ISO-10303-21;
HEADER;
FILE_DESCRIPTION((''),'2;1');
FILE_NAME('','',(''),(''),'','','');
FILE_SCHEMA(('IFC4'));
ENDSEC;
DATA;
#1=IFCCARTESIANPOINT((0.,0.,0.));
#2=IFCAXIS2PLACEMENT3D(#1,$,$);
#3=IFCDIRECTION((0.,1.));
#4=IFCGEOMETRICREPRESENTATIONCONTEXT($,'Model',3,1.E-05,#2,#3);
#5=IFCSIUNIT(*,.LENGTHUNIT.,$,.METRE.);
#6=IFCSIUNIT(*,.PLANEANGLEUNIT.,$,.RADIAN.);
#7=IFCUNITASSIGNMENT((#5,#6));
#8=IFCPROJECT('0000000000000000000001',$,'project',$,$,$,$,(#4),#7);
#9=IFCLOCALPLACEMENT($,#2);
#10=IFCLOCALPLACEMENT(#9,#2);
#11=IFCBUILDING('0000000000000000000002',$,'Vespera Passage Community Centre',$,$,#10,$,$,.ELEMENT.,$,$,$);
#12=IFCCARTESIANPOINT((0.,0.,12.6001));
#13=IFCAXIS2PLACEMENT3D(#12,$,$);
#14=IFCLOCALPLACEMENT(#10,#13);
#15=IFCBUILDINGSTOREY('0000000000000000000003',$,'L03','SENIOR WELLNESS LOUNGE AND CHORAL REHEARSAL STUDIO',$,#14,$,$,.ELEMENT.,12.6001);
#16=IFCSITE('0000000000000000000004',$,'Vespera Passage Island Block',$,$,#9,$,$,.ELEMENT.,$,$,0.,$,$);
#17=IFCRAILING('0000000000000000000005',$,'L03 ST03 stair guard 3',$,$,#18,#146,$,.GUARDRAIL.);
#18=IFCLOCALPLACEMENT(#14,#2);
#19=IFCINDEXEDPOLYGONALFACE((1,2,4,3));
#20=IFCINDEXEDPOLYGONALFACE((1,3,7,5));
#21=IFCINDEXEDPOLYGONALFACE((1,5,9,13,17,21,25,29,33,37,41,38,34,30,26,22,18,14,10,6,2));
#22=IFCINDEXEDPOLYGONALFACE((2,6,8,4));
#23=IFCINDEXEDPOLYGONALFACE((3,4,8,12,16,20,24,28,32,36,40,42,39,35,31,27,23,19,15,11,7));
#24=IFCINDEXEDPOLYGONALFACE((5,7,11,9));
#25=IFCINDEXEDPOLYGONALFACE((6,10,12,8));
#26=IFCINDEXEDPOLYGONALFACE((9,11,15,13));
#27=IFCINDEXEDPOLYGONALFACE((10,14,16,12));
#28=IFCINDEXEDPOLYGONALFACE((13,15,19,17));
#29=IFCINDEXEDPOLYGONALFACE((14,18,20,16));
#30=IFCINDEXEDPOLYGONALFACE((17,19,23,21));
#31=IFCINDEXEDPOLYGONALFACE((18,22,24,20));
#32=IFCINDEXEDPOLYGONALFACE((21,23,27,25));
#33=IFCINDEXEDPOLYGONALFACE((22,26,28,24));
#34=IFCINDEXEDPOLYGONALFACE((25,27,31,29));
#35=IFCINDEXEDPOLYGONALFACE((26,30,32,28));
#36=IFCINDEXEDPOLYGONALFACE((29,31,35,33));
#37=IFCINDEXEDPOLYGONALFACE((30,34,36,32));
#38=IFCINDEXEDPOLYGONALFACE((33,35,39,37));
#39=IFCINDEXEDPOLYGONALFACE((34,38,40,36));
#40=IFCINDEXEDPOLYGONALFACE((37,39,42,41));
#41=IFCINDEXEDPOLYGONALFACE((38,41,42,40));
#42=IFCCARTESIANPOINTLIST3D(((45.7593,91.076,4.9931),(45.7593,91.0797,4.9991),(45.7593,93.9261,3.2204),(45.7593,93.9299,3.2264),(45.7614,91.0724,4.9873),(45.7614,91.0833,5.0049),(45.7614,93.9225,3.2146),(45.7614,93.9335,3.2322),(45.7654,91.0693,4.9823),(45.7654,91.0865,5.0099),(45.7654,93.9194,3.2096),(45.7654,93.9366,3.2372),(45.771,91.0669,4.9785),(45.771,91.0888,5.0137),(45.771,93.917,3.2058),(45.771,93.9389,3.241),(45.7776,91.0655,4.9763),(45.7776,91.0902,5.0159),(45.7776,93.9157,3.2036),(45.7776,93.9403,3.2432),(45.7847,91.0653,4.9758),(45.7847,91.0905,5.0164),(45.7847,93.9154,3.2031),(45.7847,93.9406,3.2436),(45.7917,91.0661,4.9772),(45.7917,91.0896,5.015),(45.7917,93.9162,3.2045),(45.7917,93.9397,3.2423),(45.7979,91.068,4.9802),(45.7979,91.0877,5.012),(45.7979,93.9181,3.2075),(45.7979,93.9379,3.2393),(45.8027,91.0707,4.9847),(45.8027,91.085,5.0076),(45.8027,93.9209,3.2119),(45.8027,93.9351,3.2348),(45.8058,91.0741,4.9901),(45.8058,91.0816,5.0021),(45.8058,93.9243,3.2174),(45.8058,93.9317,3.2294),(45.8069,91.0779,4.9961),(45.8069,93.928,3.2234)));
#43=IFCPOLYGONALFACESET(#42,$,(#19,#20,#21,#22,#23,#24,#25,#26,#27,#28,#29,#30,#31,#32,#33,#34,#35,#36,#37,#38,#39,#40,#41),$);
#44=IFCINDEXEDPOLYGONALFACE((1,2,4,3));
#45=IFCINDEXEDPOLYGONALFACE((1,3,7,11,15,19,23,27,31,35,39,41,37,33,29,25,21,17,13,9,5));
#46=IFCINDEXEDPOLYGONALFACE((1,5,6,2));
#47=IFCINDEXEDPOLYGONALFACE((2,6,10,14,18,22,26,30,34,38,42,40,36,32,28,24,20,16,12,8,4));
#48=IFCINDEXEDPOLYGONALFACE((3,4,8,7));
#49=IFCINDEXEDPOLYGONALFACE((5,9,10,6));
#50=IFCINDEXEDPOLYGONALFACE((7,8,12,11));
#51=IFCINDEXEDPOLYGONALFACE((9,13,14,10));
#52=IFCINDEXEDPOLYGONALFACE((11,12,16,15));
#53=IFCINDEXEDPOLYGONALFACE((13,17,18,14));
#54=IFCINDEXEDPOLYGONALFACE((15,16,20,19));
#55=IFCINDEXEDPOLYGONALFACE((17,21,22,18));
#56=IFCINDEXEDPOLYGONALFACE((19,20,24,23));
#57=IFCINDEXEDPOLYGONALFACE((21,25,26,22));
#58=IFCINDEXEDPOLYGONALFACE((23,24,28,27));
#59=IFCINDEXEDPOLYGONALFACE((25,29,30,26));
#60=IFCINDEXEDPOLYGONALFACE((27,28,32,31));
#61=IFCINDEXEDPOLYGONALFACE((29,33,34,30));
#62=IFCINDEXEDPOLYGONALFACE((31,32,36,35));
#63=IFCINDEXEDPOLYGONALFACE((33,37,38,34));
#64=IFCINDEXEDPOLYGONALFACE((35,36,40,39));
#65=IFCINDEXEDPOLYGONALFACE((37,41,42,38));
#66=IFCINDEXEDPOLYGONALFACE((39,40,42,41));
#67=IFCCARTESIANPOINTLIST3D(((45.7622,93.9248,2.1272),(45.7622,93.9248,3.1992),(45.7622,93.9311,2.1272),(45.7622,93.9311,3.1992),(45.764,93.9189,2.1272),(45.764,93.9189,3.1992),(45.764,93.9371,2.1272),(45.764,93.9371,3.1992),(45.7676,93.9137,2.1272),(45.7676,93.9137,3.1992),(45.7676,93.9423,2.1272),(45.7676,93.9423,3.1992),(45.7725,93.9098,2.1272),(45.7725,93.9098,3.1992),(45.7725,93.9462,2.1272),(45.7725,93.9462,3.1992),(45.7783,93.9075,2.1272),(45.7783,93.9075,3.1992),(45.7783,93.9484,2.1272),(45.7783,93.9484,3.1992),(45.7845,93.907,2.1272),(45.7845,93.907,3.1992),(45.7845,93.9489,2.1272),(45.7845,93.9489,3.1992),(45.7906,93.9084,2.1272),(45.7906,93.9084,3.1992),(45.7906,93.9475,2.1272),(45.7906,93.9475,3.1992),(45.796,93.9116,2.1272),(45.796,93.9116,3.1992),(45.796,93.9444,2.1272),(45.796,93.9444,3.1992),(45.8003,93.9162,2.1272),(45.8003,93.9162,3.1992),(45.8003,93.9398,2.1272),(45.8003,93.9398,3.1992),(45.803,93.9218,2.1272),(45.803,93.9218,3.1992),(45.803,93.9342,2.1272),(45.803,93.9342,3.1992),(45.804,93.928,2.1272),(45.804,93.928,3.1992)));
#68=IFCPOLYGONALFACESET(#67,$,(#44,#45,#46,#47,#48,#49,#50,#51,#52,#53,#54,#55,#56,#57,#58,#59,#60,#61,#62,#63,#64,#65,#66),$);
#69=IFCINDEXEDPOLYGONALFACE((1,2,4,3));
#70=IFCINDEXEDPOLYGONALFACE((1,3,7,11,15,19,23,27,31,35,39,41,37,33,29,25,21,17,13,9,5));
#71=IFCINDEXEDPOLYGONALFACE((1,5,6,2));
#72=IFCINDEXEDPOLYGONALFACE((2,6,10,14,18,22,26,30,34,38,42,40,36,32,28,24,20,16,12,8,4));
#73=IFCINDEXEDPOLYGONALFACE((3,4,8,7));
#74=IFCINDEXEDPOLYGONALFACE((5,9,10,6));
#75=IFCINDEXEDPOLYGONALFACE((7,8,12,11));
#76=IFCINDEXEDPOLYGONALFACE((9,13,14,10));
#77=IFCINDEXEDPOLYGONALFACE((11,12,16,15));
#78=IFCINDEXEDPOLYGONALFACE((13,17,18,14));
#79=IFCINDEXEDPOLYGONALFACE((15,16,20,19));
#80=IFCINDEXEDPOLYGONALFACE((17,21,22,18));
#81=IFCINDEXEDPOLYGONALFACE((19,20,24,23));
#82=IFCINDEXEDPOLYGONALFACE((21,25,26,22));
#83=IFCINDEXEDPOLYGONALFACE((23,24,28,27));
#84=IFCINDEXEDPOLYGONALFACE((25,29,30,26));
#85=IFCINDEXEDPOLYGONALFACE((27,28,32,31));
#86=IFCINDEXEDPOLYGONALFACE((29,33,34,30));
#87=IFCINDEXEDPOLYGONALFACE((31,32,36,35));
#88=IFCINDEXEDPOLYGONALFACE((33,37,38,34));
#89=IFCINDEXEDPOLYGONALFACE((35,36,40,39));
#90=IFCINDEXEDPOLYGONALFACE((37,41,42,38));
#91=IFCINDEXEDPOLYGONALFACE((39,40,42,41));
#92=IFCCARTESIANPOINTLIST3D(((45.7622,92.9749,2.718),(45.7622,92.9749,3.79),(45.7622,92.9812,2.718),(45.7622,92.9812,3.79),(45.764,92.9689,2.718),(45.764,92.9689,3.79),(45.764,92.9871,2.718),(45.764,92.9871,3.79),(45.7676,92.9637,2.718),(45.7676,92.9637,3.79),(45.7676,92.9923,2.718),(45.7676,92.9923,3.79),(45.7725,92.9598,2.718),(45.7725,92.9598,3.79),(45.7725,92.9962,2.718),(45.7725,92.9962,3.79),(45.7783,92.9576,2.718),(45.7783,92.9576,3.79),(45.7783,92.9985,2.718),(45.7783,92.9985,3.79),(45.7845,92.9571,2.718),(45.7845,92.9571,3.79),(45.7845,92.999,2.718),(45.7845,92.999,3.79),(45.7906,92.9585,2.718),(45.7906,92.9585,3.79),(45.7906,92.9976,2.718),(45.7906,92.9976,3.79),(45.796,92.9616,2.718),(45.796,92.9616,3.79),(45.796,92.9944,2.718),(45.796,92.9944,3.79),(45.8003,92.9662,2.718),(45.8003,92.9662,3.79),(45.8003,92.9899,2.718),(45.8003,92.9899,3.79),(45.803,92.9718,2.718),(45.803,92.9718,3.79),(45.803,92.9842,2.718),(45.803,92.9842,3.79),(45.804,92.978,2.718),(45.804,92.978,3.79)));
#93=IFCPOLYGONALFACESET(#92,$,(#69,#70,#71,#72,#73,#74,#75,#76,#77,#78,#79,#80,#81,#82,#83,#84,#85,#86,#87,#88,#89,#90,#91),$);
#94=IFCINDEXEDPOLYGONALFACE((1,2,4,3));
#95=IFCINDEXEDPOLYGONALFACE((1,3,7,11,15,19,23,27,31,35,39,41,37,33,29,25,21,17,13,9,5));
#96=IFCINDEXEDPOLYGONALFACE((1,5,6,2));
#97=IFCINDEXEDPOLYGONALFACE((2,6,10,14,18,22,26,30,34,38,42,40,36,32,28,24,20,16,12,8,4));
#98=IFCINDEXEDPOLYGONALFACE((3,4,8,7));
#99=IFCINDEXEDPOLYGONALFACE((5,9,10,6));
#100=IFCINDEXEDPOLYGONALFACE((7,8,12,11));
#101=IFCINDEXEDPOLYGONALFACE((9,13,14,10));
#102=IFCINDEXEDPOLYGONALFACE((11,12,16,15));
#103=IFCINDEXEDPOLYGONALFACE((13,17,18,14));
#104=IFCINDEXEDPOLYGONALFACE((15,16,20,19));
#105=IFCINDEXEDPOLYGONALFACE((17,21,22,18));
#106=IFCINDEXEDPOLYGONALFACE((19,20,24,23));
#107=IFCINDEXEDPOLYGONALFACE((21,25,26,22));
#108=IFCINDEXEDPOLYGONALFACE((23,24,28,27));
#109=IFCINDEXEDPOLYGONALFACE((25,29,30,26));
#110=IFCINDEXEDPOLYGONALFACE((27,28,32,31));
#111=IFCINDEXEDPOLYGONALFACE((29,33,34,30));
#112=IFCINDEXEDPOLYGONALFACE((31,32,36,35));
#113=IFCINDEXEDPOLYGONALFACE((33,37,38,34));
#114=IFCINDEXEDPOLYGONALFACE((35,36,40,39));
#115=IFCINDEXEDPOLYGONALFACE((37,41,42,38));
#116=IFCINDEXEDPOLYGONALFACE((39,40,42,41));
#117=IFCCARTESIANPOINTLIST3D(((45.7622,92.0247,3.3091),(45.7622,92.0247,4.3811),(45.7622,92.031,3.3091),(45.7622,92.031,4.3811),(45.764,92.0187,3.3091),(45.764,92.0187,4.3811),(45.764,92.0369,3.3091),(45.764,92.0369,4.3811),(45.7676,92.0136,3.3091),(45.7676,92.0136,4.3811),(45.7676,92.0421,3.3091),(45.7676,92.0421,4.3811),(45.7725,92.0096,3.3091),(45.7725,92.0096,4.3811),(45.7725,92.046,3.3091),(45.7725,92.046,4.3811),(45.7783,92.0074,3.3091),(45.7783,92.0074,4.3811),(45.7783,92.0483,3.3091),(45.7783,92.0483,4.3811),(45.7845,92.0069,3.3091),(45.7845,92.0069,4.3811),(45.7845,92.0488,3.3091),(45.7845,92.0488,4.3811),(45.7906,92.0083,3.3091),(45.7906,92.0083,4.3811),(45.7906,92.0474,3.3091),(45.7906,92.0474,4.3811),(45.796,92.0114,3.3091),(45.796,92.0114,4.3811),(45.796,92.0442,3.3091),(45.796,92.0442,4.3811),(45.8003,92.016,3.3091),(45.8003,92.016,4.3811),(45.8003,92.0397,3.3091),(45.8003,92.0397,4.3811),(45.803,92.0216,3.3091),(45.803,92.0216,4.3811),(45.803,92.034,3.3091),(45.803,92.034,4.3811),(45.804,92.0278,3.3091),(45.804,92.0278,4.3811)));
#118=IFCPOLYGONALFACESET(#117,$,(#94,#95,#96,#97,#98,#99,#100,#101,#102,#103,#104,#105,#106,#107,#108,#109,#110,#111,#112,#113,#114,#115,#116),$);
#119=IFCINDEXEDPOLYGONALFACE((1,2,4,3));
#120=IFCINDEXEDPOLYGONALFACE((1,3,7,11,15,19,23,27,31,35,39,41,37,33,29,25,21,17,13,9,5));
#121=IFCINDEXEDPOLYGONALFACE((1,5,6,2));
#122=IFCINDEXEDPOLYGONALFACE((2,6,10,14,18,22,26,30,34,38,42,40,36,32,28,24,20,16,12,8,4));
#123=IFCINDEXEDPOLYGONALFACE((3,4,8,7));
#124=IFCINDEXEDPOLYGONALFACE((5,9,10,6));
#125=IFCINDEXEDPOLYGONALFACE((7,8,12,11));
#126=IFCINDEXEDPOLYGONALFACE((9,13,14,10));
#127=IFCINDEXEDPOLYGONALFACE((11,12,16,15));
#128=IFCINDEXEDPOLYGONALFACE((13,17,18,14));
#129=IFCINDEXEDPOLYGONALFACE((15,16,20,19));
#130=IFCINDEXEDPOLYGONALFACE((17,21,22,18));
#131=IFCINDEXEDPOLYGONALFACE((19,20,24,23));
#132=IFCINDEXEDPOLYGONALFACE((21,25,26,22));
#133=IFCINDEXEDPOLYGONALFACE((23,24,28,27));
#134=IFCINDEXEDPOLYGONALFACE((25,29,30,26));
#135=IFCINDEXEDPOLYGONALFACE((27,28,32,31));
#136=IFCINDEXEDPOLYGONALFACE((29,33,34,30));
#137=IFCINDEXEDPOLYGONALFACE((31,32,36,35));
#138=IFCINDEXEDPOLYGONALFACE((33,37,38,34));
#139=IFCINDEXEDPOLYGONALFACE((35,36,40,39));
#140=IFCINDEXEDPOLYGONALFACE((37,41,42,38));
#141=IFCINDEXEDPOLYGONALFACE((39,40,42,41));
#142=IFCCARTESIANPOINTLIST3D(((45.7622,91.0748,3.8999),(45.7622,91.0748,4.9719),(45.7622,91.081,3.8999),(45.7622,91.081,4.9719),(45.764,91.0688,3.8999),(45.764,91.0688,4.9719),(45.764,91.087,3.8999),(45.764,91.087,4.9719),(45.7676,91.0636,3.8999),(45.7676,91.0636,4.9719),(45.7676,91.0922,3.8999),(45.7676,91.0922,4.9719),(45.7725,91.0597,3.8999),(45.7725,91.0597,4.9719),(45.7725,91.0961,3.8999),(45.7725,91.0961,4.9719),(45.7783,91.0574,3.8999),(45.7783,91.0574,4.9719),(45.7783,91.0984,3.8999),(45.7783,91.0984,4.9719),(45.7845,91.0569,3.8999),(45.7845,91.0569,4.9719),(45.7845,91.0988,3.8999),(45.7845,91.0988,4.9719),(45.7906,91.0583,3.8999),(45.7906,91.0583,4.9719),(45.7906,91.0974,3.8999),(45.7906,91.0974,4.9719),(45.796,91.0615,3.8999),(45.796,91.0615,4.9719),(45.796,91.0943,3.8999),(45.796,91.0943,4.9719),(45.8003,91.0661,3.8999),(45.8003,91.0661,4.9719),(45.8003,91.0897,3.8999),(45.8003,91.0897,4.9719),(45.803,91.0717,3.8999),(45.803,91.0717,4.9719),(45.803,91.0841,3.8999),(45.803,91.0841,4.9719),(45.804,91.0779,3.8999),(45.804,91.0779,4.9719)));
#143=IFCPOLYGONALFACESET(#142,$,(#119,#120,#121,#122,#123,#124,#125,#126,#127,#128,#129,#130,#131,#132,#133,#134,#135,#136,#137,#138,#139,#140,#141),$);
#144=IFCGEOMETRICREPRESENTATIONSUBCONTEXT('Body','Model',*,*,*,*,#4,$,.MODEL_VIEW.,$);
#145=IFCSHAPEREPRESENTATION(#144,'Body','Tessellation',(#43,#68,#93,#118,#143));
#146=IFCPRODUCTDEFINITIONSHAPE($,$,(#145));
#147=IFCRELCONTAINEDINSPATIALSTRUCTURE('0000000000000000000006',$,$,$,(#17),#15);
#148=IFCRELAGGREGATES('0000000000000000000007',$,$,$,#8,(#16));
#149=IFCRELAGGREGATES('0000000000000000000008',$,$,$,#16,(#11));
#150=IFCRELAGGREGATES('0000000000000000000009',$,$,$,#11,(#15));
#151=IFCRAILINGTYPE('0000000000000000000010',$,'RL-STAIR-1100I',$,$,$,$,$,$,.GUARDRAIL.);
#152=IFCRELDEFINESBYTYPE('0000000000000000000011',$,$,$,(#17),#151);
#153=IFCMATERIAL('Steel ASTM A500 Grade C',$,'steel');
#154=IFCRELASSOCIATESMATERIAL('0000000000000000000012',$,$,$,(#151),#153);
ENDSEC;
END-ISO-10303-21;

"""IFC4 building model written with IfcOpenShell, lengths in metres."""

from ifc_helpers import new_model, si_unit, direction, frame, origin, origin_2d, place, context, subcontext, project, spatial, circle, extrude, material, type_object, element, save


model = new_model("IFC4")

# Units and contexts
model_context = context("Model", 3, precision=1e-05, world=origin(), true_north=direction((0.0, 1.0)))
body_context = subcontext(model_context, "Body", "Model", "MODEL_VIEW")
ifc_project = project(units=[si_unit("LENGTHUNIT", "METRE"), si_unit("PLANEANGLEUNIT", "RADIAN")], contexts=[model_context])

# Site, building, storey
site_placement = place(None, origin())
site = spatial("IfcSite", under=ifc_project, at=site_placement, Name="Vespera Passage Island Block", CompositionType="ELEMENT", RefElevation=0.0)
building_placement = place(site_placement, origin())
building = spatial("IfcBuilding", under=site, at=building_placement, Name="Vespera Passage Community Centre", CompositionType="ELEMENT")
storey_placement = place(building_placement, frame((0.0, 0.0, 12.6001)))
storey = spatial("IfcBuildingStorey", under=building, at=storey_placement, Name="L03", Description="SENIOR WELLNESS LOUNGE AND CHORAL REHEARSAL STUDIO", CompositionType="ELEMENT", Elevation=12.6001)

# Railing
ifc_material_1 = material(Name="Steel ASTM A500 Grade C", Category="steel")
railing_type_1 = type_object("IfcRailingType", Name="RL-STAIR-1100I", PredefinedType="GUARDRAIL", material=ifc_material_1)
railing_1_placement = place(storey_placement, frame((45.783, 93.928, 2.1272)))
element("IfcRailing", 1, at=railing_1_placement, inside=storey, type_object=railing_type_1, Name="L03 ST03 stair guard 3", PredefinedType="GUARDRAIL", context=body_context, shape_type="SweptSolid", body=[
    extrude(circle(Radius=0.0239, at=origin_2d()), frame((0.0, 0.0, 1.0962), z_axis=(0.0, -0.849149, 0.528154), x_axis=(1.0, 0.0, 0.0)), (0.0, 0.0, 1.0), 3.3564),
    extrude(circle(Radius=0.021, at=origin_2d()), origin(), (0.0, 0.0, 1.0), 1.072),
    extrude(circle(Radius=0.021, at=origin_2d()), frame((0.0, -0.95, 0.5908)), (0.0, 0.0, 1.0), 1.072),
    extrude(circle(Radius=0.021, at=origin_2d()), frame((0.0, -1.9001, 1.1819)), (0.0, 0.0, 1.0), 1.072),
    extrude(circle(Radius=0.021, at=origin_2d()), frame((0.0, -2.8501, 1.7727)), (0.0, 0.0, 1.0), 1.072),
])

save(model, "model.ifc")
